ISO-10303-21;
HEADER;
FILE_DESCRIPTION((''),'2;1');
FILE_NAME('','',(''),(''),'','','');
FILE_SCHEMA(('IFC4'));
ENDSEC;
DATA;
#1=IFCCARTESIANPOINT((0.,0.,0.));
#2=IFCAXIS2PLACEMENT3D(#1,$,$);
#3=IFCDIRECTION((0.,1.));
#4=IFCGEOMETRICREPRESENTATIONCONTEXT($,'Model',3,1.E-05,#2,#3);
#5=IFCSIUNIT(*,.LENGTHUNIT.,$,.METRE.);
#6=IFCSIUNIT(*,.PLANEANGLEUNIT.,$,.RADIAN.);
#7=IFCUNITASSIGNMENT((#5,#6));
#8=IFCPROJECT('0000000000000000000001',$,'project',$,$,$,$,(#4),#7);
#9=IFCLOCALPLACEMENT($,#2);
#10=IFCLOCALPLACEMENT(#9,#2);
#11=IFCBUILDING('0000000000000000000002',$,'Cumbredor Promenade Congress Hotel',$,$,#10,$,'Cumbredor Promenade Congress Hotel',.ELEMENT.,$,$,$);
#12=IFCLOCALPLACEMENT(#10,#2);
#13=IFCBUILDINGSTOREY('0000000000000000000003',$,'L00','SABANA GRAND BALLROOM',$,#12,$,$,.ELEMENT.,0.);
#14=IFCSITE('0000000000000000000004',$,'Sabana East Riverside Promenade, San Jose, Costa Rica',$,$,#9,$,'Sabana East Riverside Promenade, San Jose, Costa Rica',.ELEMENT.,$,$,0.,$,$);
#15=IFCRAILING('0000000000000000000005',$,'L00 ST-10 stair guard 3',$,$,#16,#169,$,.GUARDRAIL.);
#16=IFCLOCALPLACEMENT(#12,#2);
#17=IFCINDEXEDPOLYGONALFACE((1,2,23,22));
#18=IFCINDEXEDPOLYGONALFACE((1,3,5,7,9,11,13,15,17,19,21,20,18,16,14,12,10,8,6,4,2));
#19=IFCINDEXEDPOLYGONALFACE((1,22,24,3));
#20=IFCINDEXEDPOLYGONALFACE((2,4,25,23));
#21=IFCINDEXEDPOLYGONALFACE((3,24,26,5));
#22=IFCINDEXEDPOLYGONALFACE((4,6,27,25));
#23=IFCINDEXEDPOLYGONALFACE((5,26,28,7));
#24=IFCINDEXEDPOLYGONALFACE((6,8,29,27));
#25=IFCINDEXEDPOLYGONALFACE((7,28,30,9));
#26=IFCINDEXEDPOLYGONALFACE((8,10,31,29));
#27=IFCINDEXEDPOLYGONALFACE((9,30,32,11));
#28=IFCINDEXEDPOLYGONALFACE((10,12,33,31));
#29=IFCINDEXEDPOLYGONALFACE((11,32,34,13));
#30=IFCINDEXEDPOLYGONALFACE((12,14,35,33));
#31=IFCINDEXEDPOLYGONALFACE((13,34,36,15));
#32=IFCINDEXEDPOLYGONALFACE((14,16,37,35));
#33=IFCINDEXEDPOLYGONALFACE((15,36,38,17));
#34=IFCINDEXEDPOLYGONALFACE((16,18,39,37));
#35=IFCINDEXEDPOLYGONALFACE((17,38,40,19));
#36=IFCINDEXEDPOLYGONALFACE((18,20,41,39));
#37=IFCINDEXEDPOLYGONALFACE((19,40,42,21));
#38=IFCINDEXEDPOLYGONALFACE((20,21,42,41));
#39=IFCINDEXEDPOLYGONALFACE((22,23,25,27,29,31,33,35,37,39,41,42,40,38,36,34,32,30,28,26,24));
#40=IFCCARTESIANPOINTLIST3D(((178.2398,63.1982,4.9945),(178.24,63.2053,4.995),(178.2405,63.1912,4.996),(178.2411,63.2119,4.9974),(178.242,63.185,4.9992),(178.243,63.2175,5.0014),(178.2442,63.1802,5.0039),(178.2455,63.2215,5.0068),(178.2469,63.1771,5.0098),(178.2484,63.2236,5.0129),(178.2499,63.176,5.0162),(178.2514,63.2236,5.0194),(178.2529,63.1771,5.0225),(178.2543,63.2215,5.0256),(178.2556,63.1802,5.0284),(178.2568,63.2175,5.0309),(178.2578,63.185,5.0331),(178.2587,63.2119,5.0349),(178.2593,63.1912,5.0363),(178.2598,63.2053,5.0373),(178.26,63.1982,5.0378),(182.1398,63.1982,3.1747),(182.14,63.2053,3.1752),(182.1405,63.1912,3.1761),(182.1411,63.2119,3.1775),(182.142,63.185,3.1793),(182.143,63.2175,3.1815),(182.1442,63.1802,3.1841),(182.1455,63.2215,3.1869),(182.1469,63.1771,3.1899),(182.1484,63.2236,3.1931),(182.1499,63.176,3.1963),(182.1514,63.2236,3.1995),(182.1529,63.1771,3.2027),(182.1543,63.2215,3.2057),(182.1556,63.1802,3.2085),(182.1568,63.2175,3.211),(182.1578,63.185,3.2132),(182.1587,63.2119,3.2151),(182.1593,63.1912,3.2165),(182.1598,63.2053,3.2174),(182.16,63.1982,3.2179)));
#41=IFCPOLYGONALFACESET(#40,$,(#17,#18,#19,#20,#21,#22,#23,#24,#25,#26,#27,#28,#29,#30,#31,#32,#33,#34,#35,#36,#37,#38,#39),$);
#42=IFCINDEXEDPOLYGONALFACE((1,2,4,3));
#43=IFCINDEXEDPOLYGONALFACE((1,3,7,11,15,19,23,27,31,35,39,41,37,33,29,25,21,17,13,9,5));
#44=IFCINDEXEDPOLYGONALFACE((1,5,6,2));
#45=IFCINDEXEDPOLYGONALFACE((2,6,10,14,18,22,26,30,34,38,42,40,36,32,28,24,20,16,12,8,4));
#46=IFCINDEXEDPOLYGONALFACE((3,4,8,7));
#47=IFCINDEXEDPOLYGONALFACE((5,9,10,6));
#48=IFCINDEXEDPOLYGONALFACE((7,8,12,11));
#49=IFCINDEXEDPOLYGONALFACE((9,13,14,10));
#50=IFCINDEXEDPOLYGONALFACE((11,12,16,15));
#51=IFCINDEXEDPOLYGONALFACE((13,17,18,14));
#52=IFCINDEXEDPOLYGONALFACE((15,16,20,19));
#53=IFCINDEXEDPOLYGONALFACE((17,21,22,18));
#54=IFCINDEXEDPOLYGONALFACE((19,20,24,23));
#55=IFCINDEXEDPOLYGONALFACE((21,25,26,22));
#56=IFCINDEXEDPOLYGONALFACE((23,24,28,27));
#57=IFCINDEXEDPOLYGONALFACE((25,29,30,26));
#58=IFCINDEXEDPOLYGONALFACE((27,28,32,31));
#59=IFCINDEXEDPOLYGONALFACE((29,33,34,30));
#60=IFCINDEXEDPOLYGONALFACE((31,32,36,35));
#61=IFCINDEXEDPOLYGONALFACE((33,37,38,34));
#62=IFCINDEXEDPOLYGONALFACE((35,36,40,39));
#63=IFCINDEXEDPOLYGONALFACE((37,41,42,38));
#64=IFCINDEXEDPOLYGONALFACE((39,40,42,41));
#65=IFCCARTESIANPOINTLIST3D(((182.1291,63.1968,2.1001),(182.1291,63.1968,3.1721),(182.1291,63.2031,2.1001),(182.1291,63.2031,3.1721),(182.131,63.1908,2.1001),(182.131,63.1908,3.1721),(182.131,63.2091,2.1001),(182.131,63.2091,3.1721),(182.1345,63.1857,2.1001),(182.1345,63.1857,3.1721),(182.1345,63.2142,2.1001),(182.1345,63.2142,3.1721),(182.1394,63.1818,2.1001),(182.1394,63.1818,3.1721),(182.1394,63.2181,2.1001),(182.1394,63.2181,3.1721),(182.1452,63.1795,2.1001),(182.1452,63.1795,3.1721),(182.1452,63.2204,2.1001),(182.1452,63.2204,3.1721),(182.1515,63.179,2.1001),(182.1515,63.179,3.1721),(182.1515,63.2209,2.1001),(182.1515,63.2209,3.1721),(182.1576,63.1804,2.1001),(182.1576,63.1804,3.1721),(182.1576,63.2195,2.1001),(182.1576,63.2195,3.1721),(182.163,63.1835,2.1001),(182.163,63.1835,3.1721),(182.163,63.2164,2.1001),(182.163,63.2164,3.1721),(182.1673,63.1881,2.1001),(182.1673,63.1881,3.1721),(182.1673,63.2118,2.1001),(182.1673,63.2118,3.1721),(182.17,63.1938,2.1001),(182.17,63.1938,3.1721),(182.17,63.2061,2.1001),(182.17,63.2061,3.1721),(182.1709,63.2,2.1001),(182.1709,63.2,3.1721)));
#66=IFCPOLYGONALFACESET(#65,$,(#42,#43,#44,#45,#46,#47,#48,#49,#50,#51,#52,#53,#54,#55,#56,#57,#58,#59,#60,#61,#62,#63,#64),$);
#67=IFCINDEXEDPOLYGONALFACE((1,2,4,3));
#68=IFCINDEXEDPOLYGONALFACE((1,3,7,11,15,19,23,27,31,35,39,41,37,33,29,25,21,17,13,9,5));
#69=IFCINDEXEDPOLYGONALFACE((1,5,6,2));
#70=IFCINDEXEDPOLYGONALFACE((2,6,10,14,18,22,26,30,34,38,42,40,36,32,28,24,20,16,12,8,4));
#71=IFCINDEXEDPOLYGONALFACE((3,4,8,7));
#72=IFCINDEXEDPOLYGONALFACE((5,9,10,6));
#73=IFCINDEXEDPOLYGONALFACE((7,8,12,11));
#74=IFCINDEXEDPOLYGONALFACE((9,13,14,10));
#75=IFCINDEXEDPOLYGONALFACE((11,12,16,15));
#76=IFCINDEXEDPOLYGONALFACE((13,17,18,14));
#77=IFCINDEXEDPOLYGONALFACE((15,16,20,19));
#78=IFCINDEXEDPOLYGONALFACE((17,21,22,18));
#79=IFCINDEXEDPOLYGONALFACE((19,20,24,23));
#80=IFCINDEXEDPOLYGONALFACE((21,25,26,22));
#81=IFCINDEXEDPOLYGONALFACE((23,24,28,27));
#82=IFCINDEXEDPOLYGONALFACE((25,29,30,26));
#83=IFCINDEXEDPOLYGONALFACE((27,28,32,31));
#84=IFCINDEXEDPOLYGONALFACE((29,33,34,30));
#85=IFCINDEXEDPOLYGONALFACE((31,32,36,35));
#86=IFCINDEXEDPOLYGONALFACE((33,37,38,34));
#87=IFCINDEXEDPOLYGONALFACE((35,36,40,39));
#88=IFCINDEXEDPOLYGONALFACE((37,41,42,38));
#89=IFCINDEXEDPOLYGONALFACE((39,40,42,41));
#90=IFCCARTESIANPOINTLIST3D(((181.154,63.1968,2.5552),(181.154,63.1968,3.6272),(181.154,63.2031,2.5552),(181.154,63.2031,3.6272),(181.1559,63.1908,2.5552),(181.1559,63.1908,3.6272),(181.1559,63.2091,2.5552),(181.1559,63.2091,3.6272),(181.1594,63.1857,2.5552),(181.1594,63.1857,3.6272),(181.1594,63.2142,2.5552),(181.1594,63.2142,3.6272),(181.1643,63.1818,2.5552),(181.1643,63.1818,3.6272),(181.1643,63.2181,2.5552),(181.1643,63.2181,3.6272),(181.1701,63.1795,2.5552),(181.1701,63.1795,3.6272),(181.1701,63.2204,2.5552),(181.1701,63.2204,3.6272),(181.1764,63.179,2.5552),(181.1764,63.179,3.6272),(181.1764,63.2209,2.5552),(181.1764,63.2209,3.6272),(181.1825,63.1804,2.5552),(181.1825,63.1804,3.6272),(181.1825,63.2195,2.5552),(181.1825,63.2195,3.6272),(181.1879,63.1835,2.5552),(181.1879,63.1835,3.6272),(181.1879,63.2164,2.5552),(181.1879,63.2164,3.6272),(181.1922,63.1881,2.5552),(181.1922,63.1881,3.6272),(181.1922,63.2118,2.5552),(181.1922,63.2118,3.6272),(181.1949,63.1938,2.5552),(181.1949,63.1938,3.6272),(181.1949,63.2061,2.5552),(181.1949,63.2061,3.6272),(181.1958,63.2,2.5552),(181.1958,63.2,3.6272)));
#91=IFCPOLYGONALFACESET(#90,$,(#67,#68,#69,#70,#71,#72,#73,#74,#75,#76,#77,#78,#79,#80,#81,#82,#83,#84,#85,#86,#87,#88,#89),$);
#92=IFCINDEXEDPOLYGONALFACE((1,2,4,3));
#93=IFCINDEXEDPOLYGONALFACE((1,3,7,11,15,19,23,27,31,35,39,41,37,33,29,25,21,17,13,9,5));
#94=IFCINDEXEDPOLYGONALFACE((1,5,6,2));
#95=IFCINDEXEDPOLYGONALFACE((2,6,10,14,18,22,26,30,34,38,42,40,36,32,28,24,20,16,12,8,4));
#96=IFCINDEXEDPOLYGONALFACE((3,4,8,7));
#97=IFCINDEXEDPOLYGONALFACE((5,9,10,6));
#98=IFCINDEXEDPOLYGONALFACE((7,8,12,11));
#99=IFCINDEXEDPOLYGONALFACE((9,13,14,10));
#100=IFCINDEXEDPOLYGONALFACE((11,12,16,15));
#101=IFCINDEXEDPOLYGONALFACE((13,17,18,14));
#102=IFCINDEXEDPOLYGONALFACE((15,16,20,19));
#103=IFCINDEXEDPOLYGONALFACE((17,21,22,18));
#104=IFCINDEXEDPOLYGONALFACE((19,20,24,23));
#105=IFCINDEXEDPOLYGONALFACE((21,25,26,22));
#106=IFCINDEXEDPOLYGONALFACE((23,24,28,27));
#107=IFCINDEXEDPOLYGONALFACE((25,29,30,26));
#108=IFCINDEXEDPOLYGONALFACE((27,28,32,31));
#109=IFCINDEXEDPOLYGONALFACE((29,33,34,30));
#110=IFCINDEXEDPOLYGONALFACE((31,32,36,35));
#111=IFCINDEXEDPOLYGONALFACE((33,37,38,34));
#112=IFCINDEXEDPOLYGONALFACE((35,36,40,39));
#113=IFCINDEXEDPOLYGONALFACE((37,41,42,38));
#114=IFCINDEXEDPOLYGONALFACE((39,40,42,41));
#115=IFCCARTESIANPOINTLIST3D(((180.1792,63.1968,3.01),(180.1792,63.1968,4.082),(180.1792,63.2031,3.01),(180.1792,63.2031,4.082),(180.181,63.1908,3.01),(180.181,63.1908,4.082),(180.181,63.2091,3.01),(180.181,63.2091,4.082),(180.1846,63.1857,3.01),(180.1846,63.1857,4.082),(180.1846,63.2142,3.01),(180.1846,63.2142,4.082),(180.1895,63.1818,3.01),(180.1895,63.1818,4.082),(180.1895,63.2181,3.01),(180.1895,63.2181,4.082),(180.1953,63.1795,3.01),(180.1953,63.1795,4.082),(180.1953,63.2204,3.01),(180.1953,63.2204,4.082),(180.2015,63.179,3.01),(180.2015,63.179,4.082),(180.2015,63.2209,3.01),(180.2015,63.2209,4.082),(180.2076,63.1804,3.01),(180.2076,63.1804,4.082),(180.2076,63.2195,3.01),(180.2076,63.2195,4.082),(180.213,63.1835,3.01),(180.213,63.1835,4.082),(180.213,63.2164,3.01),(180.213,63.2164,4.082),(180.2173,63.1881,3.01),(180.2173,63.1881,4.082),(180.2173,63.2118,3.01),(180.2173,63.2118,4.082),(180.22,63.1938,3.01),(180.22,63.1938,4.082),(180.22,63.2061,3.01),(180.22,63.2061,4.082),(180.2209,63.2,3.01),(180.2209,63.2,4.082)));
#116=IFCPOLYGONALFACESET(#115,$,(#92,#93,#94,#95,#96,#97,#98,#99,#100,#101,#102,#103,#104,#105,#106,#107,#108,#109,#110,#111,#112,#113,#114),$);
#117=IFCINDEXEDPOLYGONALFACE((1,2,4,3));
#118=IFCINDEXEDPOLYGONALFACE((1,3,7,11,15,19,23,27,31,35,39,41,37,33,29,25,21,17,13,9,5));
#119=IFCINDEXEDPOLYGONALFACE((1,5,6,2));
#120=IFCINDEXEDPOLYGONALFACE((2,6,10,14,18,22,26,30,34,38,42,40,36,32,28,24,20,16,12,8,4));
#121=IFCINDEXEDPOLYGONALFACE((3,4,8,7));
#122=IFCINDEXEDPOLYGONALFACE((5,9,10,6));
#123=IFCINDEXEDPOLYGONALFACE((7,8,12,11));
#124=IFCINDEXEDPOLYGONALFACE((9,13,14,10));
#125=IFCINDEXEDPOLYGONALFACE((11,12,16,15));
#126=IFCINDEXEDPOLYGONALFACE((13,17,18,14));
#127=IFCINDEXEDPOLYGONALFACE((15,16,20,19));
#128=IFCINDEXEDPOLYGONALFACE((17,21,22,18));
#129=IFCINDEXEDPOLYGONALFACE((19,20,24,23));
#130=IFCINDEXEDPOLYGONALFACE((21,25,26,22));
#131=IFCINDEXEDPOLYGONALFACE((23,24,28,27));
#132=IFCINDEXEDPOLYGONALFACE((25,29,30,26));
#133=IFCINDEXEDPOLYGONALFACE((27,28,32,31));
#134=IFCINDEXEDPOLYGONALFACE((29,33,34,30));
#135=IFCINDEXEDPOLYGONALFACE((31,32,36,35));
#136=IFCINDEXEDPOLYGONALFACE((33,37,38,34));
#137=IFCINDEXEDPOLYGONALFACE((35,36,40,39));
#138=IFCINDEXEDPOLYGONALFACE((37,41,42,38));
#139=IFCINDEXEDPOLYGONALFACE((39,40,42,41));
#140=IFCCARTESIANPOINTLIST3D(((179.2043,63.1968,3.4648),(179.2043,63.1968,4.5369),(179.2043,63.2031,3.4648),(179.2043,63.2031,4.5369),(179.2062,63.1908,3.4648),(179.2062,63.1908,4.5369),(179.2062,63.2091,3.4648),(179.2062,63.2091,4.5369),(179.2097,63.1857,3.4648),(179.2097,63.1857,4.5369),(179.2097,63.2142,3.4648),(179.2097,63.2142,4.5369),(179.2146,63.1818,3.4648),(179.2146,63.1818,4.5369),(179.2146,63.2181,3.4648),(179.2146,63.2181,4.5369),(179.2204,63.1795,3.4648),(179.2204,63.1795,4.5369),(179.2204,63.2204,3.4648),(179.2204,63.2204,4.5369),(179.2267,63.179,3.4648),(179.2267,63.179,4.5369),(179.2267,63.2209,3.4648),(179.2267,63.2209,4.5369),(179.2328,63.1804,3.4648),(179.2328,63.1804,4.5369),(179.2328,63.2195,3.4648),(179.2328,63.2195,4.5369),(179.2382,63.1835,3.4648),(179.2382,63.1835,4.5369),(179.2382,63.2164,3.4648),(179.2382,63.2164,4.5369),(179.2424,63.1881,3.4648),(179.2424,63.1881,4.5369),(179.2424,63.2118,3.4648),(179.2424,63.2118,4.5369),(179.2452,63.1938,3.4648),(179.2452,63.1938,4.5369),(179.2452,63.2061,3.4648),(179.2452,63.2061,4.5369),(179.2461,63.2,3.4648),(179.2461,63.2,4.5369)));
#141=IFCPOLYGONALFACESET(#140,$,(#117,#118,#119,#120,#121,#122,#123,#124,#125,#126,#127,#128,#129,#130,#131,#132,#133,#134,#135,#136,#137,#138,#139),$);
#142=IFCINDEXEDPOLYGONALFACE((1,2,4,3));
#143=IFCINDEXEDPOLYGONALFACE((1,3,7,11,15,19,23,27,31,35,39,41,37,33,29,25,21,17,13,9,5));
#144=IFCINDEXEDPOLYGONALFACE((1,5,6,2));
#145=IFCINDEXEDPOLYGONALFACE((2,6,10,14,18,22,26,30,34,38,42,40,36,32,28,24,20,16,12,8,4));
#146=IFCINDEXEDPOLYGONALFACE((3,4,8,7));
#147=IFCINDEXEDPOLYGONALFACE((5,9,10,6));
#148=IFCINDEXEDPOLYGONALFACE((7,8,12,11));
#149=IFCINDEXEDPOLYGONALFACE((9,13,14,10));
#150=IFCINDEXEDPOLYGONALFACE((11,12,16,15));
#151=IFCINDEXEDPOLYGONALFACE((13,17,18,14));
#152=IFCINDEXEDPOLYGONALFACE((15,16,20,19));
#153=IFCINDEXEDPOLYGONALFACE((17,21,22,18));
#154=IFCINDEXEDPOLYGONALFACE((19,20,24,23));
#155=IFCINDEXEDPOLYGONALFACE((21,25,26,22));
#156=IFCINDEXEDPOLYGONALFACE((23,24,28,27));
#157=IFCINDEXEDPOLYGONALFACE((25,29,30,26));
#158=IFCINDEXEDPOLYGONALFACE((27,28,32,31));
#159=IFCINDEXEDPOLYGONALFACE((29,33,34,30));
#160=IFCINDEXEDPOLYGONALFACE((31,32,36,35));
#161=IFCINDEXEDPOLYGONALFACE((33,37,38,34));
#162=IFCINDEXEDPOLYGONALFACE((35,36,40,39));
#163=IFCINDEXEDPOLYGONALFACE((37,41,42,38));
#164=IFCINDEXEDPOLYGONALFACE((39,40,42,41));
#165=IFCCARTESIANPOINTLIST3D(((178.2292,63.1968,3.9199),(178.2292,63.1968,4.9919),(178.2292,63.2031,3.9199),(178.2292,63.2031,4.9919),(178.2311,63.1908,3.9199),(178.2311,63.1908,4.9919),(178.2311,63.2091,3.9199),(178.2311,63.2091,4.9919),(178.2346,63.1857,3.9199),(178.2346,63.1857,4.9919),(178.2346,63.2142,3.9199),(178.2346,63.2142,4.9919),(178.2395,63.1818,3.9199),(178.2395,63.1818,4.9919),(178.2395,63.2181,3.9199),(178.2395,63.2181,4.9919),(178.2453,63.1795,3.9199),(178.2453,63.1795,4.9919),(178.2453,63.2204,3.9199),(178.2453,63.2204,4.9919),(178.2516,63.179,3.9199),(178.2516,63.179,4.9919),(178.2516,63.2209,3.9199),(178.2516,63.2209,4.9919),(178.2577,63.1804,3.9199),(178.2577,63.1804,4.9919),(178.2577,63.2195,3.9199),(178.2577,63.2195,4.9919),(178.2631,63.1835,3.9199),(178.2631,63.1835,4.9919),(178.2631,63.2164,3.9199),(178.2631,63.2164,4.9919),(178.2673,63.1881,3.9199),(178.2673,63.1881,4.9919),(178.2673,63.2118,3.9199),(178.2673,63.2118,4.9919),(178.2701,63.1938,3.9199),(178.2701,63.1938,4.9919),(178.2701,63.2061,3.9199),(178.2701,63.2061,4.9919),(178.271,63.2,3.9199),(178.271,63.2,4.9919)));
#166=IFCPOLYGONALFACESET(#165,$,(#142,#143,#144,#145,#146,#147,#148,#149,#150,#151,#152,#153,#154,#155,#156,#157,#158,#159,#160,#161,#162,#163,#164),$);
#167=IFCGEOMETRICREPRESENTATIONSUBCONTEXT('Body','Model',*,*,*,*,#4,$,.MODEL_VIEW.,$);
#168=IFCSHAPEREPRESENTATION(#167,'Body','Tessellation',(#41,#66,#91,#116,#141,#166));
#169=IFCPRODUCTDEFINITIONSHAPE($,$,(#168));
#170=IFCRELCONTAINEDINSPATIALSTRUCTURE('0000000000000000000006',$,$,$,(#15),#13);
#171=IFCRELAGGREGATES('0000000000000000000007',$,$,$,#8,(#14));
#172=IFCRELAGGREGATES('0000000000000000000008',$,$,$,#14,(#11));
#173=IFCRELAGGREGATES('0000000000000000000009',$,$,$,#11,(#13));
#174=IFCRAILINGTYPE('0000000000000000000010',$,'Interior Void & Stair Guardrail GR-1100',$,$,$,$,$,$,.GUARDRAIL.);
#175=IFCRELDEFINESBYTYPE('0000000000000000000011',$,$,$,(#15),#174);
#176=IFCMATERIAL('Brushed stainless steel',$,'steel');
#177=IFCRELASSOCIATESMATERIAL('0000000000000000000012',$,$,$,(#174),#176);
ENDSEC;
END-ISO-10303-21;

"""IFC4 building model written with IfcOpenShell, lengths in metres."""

from ifc_helpers import new_model, si_unit, direction, frame, origin, origin_2d, place, context, subcontext, project, spatial, circle, extrude, material, type_object, element, save


model = new_model("IFC4")

# Units and contexts
model_context = context("Model", 3, precision=1e-05, world=origin(), true_north=direction((0.0, 1.0)))
body_context = subcontext(model_context, "Body", "Model", "MODEL_VIEW")
ifc_project = project(units=[si_unit("LENGTHUNIT", "METRE"), si_unit("PLANEANGLEUNIT", "RADIAN")], contexts=[model_context])

# Site, building, storey
site_placement = place(None, origin())
site = spatial("IfcSite", under=ifc_project, at=site_placement, Name="Sabana East Riverside Promenade, San Jose, Costa Rica", LongName="Sabana East Riverside Promenade, San Jose, Costa Rica", CompositionType="ELEMENT", RefElevation=0.0)
building_placement = place(site_placement, origin())
building = spatial("IfcBuilding", under=site, at=building_placement, Name="Cumbredor Promenade Congress Hotel", LongName="Cumbredor Promenade Congress Hotel", CompositionType="ELEMENT")
storey_placement = place(building_placement, origin())
storey = spatial("IfcBuildingStorey", under=building, at=storey_placement, Name="L00", Description="SABANA GRAND BALLROOM", CompositionType="ELEMENT", Elevation=0.0)

# Railing
ifc_material_1 = material(Name="Brushed stainless steel", Category="steel")
railing_type_1 = type_object("IfcRailingType", Name="Interior Void & Stair Guardrail GR-1100", PredefinedType="GUARDRAIL", material=ifc_material_1)
railing_1_placement = place(storey_placement, frame((182.1499, 63.2, 2.1001)))
element("IfcRailing", 1, at=railing_1_placement, inside=storey, type_object=railing_type_1, Name="L00 ST-10 stair guard 3", PredefinedType="GUARDRAIL", context=body_context, shape_type="SweptSolid", body=[
    extrude(circle(Radius=0.0239, at=origin_2d()), frame((0.0, 0.0, 1.0962), z_axis=(-0.906195, 0.0, 0.422861), x_axis=(0.0, -1.0, 0.0)), (0.0, 0.0, 1.0), 4.3037),
    extrude(circle(Radius=0.021, at=origin_2d()), origin(), (0.0, 0.0, 1.0), 1.072),
    extrude(circle(Radius=0.021, at=origin_2d()), frame((-0.9751, 0.0, 0.4551)), (0.0, 0.0, 1.0), 1.072),
    extrude(circle(Radius=0.021, at=origin_2d()), frame((-1.95, 0.0, 0.9099)), (0.0, 0.0, 1.0), 1.072),
    extrude(circle(Radius=0.021, at=origin_2d()), frame((-2.9248, 0.0, 1.3647)), (0.0, 0.0, 1.0), 1.072),
    extrude(circle(Radius=0.021, at=origin_2d()), frame((-3.8999, 0.0, 1.8198)), (0.0, 0.0, 1.0), 1.072),
])

save(model, "model.ifc")
